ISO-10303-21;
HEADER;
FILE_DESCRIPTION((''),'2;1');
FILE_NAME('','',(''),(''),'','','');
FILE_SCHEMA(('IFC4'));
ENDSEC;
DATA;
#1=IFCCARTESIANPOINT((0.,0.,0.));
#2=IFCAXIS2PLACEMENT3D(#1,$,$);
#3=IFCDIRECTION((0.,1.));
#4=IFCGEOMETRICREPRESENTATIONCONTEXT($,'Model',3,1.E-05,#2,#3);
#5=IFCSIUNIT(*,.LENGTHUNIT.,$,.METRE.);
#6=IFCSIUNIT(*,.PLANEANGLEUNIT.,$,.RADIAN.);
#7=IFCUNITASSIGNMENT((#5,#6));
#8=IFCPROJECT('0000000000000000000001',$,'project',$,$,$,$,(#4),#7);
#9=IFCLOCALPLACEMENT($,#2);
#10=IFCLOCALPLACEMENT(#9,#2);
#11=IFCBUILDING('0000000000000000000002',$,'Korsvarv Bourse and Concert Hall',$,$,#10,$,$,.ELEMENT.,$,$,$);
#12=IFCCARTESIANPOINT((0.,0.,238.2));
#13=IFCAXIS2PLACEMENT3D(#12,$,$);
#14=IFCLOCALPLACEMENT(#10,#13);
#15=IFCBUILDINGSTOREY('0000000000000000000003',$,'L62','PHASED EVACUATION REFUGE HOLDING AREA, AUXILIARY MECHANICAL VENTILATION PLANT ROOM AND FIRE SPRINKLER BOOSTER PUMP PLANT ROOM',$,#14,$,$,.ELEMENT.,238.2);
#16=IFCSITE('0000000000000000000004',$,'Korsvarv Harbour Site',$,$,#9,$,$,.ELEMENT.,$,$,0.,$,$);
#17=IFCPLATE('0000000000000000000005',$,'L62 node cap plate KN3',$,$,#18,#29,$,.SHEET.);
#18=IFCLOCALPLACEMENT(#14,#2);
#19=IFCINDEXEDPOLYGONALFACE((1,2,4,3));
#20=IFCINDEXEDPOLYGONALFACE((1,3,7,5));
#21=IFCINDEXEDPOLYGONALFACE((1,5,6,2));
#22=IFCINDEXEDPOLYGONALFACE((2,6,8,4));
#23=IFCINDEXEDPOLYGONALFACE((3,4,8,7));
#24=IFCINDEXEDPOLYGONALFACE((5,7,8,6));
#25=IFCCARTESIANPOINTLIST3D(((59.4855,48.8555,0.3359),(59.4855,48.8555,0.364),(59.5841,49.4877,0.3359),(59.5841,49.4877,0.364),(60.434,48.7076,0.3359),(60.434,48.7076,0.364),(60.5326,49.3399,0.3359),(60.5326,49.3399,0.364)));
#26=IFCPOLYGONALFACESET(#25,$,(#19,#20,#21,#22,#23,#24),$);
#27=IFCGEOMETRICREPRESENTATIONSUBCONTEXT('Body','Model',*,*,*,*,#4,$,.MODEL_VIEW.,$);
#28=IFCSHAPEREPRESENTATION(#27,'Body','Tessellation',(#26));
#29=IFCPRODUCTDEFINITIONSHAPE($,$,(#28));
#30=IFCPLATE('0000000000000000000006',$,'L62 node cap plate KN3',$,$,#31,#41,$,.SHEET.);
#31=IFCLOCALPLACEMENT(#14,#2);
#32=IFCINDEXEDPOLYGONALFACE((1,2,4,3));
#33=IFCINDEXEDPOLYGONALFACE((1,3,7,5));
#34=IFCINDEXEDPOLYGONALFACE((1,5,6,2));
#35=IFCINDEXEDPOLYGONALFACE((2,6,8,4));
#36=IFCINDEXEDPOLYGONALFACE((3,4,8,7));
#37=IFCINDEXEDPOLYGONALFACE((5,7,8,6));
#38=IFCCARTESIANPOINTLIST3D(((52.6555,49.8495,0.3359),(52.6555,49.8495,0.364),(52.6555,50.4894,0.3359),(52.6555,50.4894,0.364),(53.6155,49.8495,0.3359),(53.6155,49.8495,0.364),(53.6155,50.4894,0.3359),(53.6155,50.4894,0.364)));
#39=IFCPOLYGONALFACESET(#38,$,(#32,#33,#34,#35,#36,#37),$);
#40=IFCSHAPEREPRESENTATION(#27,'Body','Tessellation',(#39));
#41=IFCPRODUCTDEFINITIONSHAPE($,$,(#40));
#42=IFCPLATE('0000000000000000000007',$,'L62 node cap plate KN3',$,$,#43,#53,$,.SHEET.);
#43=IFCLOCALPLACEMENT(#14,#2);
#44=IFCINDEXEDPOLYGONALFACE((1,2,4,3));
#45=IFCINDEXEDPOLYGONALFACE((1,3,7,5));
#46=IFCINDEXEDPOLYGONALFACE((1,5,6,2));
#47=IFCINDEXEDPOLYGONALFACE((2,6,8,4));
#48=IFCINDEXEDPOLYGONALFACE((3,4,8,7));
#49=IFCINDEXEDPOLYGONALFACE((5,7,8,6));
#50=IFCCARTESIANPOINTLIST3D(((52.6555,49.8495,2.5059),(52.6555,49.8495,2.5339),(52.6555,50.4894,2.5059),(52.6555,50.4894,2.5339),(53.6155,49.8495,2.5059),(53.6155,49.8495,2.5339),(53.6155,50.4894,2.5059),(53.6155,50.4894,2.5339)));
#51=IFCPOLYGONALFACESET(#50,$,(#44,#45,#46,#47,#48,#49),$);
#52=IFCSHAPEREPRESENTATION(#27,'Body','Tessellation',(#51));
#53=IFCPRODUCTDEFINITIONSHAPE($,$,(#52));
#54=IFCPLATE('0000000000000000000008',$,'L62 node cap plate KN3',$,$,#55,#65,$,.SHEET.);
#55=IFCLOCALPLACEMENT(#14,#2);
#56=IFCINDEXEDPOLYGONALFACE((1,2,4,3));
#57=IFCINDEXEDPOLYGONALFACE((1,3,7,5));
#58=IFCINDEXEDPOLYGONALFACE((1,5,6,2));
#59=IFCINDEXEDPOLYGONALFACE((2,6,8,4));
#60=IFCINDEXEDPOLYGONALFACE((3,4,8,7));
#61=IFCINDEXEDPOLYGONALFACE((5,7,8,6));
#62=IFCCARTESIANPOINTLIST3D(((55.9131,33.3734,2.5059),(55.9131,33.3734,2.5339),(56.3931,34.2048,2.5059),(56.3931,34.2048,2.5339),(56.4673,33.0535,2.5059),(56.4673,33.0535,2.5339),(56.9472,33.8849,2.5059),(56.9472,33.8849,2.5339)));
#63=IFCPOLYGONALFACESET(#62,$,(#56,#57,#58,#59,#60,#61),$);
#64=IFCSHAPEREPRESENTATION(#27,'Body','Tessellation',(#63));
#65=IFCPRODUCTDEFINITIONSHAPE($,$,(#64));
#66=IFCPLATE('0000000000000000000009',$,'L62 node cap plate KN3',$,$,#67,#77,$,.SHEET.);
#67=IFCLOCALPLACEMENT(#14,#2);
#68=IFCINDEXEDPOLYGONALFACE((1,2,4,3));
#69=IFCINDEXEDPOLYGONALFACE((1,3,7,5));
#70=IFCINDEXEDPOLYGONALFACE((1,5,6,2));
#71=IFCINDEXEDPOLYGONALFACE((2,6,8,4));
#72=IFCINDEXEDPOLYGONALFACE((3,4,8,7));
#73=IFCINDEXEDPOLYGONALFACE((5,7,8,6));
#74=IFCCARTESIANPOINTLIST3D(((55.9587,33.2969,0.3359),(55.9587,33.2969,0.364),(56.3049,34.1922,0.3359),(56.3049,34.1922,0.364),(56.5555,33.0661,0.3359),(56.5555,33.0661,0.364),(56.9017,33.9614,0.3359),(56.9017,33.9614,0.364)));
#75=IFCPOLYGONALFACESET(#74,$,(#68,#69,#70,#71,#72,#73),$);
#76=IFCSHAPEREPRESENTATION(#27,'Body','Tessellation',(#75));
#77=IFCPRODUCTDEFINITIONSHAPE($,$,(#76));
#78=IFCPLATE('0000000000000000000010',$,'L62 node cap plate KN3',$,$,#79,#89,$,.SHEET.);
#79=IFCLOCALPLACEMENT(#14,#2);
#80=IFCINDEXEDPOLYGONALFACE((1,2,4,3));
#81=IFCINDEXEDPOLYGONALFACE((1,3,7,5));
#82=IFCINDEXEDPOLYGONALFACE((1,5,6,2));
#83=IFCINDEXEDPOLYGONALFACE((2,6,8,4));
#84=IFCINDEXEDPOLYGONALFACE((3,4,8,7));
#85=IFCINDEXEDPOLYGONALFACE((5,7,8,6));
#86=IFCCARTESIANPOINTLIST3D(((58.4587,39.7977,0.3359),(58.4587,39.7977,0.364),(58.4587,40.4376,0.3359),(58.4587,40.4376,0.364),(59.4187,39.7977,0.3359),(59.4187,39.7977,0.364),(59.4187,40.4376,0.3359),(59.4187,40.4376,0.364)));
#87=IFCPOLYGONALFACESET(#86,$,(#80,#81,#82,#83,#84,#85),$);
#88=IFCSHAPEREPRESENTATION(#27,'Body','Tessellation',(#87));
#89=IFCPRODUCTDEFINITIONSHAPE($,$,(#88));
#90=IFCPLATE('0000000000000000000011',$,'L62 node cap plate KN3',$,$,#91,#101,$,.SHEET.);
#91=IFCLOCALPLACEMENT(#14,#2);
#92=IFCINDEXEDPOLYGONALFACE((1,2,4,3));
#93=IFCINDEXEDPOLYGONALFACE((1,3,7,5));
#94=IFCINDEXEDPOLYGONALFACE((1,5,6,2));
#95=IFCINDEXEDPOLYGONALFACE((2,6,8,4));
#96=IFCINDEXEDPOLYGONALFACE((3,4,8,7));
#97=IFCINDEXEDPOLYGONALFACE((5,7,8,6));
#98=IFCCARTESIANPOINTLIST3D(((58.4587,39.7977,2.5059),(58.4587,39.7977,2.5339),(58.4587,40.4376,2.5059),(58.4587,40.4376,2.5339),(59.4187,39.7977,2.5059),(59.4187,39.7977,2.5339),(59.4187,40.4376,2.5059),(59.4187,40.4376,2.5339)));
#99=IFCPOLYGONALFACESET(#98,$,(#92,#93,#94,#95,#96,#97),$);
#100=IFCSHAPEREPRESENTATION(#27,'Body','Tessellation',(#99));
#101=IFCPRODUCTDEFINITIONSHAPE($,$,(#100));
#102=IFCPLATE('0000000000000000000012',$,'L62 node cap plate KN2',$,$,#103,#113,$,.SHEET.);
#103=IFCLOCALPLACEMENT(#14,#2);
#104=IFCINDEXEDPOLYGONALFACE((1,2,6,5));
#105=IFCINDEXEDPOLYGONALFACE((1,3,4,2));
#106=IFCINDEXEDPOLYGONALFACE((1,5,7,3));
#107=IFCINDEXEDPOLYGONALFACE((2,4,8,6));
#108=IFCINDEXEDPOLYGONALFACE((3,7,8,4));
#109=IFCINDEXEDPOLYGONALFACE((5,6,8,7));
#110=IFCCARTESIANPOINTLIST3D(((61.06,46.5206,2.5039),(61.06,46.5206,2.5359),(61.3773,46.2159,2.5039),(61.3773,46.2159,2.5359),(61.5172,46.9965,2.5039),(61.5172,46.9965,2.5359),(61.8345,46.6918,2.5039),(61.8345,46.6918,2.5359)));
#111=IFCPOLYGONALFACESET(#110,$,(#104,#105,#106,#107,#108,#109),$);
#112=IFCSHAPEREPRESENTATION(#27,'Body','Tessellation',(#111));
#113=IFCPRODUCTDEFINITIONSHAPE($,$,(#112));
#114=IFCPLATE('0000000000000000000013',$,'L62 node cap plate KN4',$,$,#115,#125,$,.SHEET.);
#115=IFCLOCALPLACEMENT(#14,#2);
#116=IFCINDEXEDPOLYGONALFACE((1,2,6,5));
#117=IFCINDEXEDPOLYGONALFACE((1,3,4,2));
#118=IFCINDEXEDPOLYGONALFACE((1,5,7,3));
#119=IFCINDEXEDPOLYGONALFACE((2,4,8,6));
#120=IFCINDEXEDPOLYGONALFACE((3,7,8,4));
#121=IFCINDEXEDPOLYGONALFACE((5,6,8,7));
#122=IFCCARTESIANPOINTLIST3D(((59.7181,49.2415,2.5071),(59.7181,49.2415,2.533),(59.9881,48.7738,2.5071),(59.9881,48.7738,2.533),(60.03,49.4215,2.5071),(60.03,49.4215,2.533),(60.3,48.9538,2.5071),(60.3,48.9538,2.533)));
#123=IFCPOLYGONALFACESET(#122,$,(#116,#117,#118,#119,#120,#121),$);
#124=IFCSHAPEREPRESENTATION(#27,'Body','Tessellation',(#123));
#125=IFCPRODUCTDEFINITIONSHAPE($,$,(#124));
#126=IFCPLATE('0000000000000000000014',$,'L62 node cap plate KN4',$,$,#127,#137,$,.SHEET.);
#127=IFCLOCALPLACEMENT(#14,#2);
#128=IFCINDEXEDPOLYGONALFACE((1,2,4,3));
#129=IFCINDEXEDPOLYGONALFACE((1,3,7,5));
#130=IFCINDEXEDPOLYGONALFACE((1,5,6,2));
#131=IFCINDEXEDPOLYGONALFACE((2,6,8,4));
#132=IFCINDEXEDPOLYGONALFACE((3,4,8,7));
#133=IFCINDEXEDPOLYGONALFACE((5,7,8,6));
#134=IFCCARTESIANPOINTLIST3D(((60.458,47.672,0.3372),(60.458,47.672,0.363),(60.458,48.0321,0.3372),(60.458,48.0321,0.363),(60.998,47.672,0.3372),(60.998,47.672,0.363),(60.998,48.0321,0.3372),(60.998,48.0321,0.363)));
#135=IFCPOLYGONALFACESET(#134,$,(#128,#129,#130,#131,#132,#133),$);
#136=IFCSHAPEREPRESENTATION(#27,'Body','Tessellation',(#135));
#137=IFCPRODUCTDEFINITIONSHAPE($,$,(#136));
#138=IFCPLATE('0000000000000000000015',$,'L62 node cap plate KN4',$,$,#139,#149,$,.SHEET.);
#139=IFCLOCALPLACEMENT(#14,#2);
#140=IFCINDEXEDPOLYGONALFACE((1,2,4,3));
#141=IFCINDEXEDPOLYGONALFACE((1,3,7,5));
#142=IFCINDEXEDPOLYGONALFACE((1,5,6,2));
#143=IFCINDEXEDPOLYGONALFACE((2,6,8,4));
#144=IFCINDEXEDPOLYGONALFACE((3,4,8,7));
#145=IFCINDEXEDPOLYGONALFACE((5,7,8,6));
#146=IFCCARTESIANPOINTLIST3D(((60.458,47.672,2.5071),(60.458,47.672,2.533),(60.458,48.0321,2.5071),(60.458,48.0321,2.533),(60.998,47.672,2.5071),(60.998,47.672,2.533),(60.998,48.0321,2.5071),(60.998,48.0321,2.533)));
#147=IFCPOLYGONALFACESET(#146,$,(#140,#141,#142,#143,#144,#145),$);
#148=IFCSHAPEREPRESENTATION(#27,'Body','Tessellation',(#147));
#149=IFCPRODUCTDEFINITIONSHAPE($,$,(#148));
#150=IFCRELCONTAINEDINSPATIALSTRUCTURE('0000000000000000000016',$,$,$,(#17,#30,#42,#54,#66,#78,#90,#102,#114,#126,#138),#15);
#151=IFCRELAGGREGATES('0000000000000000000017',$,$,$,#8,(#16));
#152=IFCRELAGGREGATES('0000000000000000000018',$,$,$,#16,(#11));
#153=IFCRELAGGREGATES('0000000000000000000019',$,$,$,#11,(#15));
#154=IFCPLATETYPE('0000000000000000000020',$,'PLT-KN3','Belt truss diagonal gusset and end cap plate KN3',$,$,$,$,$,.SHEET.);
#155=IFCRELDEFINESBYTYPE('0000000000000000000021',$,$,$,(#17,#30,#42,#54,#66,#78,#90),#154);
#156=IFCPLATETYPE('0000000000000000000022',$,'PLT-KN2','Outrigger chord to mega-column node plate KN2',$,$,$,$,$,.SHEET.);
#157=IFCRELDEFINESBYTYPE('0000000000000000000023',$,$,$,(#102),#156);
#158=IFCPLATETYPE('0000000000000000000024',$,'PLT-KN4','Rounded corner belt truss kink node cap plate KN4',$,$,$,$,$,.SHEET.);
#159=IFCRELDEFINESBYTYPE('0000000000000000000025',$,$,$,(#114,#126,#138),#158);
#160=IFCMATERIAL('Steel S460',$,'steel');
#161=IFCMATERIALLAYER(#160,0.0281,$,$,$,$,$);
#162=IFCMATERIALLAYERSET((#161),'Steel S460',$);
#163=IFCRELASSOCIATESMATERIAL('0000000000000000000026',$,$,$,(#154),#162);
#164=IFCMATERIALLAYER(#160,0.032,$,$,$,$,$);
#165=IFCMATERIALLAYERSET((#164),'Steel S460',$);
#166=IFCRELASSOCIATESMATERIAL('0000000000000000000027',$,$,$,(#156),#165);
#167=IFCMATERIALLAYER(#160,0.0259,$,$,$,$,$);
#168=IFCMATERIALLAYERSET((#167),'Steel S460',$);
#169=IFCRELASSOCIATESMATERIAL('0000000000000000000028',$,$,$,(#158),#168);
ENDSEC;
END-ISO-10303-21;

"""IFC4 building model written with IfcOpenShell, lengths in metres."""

from ifc_helpers import new_model, si_unit, direction, frame, origin, origin_2d, place, context, subcontext, project, spatial, rectangle, extrude, source, transform, mapped, material, layer, layer_set, type_object, element, save


model = new_model("IFC4")

# Units and contexts
model_context = context("Model", 3, precision=1e-05, world=origin(), true_north=direction((0.0, 1.0)))
body_context = subcontext(model_context, "Body", "Model", "MODEL_VIEW")
ifc_project = project(units=[si_unit("LENGTHUNIT", "METRE"), si_unit("PLANEANGLEUNIT", "RADIAN")], contexts=[model_context])

# Site, building, storey
site_placement = place(None, origin())
site = spatial("IfcSite", under=ifc_project, at=site_placement, Name="Korsvarv Harbour Site", CompositionType="ELEMENT", RefElevation=0.0)
building_placement = place(site_placement, origin())
building = spatial("IfcBuilding", under=site, at=building_placement, Name="Korsvarv Bourse and Concert Hall", CompositionType="ELEMENT")
storey_placement = place(building_placement, frame((0.0, 0.0, 238.2)))
storey = spatial("IfcBuildingStorey", under=building, at=storey_placement, Name="L62", Description="PHASED EVACUATION REFUGE HOLDING AREA, AUXILIARY MECHANICAL VENTILATION PLANT ROOM AND FIRE SPRINKLER BOOSTER PUMP PLANT ROOM", CompositionType="ELEMENT", Elevation=238.2)

# Plates
ifc_material_1 = material(Name="Steel S460", Category="steel")
ifc_layer_1 = layer(ifc_material_1, 0.0281)
ifc_layer_set_1 = layer_set([ifc_layer_1], Name="Steel S460")
plate_type_1 = type_object("IfcPlateType", Name="PLT-KN3", Description="Belt truss diagonal gusset and end cap plate KN3", PredefinedType="SHEET", material=ifc_layer_set_1)
shared_shape_1 = source(origin(), body_context, "Body", "SweptSolid", [
    extrude(rectangle(XDim=0.96, YDim=0.6399, at=origin_2d()), origin(), (0.0, 0.0, 1.0), 0.0281),
])
for number, where, z_axis, x_axis, name in (
    (1, (60.009, 49.0977, 0.3359), (0.0, 0.0, 1.0), (-0.988068, 0.154021, 0.0), "L62 node cap plate KN3"),
    (2, (53.1355, 50.1694, 0.3359), (0.0, 0.0, 1.0), (1.0, 0.0, 0.0), "L62 node cap plate KN3"),
    (3, (53.1355, 50.1694, 2.5059), (0.0, 0.0, 1.0), (1.0, 0.0, 0.0), "L62 node cap plate KN3"),
    (4, (56.4302, 33.6292, 2.5059), (0.0, 0.0, 1.0), (0.5, 0.866025, 0.0), "L62 node cap plate KN3"),
    (5, (56.4302, 33.6292, 0.3359), (0.0, 0.0, 1.0), (0.360648, 0.932702, 0.0), "L62 node cap plate KN3"),
    (6, (58.9387, 40.1177, 0.3359), (0.0, 0.0, 1.0), (1.0, 0.0, 0.0), "L62 node cap plate KN3"),
    (7, (58.9387, 40.1177, 2.5059), (0.0, 0.0, 1.0), (1.0, 0.0, 0.0), "L62 node cap plate KN3"),
):
    element("IfcPlate", number, at=place(storey_placement, frame(where, z_axis=z_axis, x_axis=x_axis)), inside=storey, type_object=plate_type_1, Name=name, PredefinedType="SHEET", context=body_context, shape_type="MappedRepresentation", body=[
        mapped(shared_shape_1, transform((0.0, 0.0, 0.0), scale=1.0)),
    ])
ifc_layer_2 = layer(ifc_material_1, 0.032)
ifc_layer_set_2 = layer_set([ifc_layer_2], Name="Steel S460")
plate_type_2 = type_object("IfcPlateType", Name="PLT-KN2", Description="Outrigger chord to mega-column node plate KN2", PredefinedType="SHEET", material=ifc_layer_set_2)
shared_shape_2 = source(origin(), body_context, "Body", "SweptSolid", [
    extrude(rectangle(XDim=0.6599, YDim=0.4399, at=origin_2d()), origin(), (0.0, 0.0, 1.0), 0.032),
])
plate_1_placement = place(storey_placement, frame((61.4473, 46.6062, 2.5039), z_axis=(0.0, 0.0, 1.0), x_axis=(0.692773, 0.721156, 0.0)))
element("IfcPlate", 8, at=plate_1_placement, inside=storey, type_object=plate_type_2, Name="L62 node cap plate KN2", PredefinedType="SHEET", context=body_context, shape_type="MappedRepresentation", body=[
    mapped(shared_shape_2, transform((0.0, 0.0, 0.0), scale=1.0)),
])
ifc_layer_3 = layer(ifc_material_1, 0.0259)
ifc_layer_set_3 = layer_set([ifc_layer_3], Name="Steel S460")
plate_type_3 = type_object("IfcPlateType", Name="PLT-KN4", Description="Rounded corner belt truss kink node cap plate KN4", PredefinedType="SHEET", material=ifc_layer_set_3)
shared_shape_3 = source(origin(), body_context, "Body", "SweptSolid", [
    extrude(rectangle(XDim=0.54, YDim=0.3601, at=origin_2d()), origin(), (0.0, 0.0, 1.0), 0.0259),
])
for number, where, z_axis, x_axis, name in (
    (9, (60.009, 49.0977, 2.5071), (0.0, 0.0, 1.0), (-0.5, 0.866025, 0.0), "L62 node cap plate KN4"),
    (10, (60.728, 47.8521, 0.3372), (0.0, 0.0, 1.0), (1.0, 0.0, 0.0), "L62 node cap plate KN4"),
    (11, (60.728, 47.8521, 2.5071), (0.0, 0.0, 1.0), (1.0, 0.0, 0.0), "L62 node cap plate KN4"),
):
    element("IfcPlate", number, at=place(storey_placement, frame(where, z_axis=z_axis, x_axis=x_axis)), inside=storey, type_object=plate_type_3, Name=name, PredefinedType="SHEET", context=body_context, shape_type="MappedRepresentation", body=[
        mapped(shared_shape_3, transform((0.0, 0.0, 0.0), scale=1.0)),
    ])

save(model, "model.ifc")
